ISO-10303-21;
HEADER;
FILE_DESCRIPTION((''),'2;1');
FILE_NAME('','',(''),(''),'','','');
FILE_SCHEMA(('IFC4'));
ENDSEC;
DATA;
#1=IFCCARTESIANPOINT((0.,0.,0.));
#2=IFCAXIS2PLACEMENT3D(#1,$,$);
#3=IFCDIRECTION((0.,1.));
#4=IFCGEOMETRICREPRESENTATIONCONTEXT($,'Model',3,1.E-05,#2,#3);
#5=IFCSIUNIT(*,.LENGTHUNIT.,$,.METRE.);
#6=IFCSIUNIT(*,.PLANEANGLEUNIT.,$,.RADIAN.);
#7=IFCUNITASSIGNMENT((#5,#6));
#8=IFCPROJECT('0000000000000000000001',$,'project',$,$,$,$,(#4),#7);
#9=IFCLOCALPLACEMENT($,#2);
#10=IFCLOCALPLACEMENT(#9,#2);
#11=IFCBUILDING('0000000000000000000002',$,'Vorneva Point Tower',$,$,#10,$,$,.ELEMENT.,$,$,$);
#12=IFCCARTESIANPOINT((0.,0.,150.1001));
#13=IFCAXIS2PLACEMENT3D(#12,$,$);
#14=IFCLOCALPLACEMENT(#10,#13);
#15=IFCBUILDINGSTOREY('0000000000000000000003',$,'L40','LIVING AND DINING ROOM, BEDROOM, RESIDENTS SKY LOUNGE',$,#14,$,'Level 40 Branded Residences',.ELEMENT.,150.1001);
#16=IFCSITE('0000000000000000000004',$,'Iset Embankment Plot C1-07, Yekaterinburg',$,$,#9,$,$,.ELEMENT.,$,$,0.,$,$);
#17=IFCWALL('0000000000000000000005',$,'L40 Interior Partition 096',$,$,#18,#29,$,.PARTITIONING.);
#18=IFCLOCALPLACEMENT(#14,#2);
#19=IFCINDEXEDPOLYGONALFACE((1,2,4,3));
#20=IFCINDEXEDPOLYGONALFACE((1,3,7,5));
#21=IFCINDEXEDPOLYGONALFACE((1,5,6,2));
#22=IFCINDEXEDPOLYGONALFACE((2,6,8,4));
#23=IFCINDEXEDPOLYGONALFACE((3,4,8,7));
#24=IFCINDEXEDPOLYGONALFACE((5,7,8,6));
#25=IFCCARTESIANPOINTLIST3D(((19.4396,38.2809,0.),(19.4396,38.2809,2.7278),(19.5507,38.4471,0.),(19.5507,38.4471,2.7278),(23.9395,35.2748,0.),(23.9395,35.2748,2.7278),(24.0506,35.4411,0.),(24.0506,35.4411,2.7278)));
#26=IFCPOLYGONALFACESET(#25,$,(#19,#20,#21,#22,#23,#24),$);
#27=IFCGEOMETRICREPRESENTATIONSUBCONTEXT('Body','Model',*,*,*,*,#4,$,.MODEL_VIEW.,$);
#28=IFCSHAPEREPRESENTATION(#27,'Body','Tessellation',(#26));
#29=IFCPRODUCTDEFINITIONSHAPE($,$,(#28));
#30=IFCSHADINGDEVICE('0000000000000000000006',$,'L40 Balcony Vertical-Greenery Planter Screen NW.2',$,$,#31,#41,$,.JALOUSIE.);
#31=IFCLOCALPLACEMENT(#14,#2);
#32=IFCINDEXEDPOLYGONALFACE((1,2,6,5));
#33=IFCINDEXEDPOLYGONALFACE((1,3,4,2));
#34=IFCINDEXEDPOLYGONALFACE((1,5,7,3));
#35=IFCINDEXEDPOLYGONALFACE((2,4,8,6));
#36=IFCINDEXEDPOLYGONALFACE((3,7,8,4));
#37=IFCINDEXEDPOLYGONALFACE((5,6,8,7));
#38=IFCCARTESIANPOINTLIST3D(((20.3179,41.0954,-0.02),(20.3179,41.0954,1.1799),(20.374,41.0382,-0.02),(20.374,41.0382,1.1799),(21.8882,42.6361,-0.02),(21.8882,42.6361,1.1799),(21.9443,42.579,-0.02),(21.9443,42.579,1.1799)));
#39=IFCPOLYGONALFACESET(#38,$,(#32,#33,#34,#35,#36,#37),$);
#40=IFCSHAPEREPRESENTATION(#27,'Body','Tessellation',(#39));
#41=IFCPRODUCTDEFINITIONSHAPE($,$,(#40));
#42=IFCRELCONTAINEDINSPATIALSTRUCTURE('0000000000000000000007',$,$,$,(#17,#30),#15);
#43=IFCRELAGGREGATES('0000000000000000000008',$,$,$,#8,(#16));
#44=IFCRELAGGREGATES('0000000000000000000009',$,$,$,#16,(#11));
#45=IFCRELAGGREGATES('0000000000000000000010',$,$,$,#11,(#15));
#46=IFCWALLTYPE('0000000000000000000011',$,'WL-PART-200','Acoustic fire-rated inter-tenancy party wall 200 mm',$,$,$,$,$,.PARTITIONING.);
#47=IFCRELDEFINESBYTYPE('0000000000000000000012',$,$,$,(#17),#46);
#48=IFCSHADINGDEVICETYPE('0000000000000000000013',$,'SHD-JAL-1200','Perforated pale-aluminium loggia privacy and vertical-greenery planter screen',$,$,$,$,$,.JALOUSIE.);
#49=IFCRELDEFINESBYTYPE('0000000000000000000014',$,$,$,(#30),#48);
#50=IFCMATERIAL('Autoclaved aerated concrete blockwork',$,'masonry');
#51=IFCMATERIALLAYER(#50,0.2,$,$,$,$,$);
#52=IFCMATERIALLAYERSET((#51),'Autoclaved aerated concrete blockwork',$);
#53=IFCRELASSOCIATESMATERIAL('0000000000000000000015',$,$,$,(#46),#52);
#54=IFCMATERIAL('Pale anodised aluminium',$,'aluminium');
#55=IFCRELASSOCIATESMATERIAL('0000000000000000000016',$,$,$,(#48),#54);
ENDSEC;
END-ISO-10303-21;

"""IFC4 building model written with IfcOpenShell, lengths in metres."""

from ifc_helpers import new_model, si_unit, direction, frame, frame_2d, origin, origin_2d, place, context, subcontext, project, spatial, rectangle, extrude, material, layer, layer_set, type_object, element, save


model = new_model("IFC4")

# Units and contexts
model_context = context("Model", 3, precision=1e-05, world=origin(), true_north=direction((0.0, 1.0)))
body_context = subcontext(model_context, "Body", "Model", "MODEL_VIEW")
ifc_project = project(units=[si_unit("LENGTHUNIT", "METRE"), si_unit("PLANEANGLEUNIT", "RADIAN")], contexts=[model_context])

# Site, building, storey
site_placement = place(None, origin())
site = spatial("IfcSite", under=ifc_project, at=site_placement, Name="Iset Embankment Plot C1-07, Yekaterinburg", CompositionType="ELEMENT", RefElevation=0.0)
building_placement = place(site_placement, origin())
building = spatial("IfcBuilding", under=site, at=building_placement, Name="Vorneva Point Tower", CompositionType="ELEMENT")
storey_placement = place(building_placement, frame((0.0, 0.0, 150.1001)))
storey = spatial("IfcBuildingStorey", under=building, at=storey_placement, Name="L40", Description="LIVING AND DINING ROOM, BEDROOM, RESIDENTS SKY LOUNGE", LongName="Level 40 Branded Residences", CompositionType="ELEMENT", Elevation=150.1001)

# Shared definitions
ifc_material_1 = material(Name="Pale anodised aluminium", Category="aluminium")

# Wall
ifc_material_2 = material(Name="Autoclaved aerated concrete blockwork", Category="masonry")
ifc_layer_1 = layer(ifc_material_2, 0.2)
ifc_layer_set_1 = layer_set([ifc_layer_1], Name="Autoclaved aerated concrete blockwork")
wall_type_1 = type_object("IfcWallType", Name="WL-PART-200", Description="Acoustic fire-rated inter-tenancy party wall 200 mm", PredefinedType="PARTITIONING", material=ifc_layer_set_1)
wall_1_placement = place(storey_placement, frame((19.4951, 38.364, 0.0), z_axis=(0.0, 0.0, 1.0), x_axis=(0.831529, -0.555481, 0.0)))
element("IfcWall", 1, at=wall_1_placement, inside=storey, type_object=wall_type_1, Name="L40 Interior Partition 096", PredefinedType="PARTITIONING", context=body_context, shape_type="SweptSolid", body=[
    extrude(rectangle(XDim=5.4116, YDim=0.2, at=frame_2d((2.7058, 0.0))), origin(), (0.0, 0.0, 1.0), 2.7278),
])

# Shading device
shading_device_type = type_object("IfcShadingDeviceType", Name="SHD-JAL-1200", Description="Perforated pale-aluminium loggia privacy and vertical-greenery planter screen", PredefinedType="JALOUSIE", material=ifc_material_1)
shading_device_placement = place(storey_placement, frame((21.1311, 41.8372, -0.02), z_axis=(0.0, 0.0, 1.0), x_axis=(-0.713788, -0.700361, 0.0)))
element("IfcShadingDevice", 2, at=shading_device_placement, inside=storey, type_object=shading_device_type, Name="L40 Balcony Vertical-Greenery Planter Screen NW.2", PredefinedType="JALOUSIE", context=body_context, shape_type="SweptSolid", body=[
    extrude(rectangle(XDim=2.2, YDim=0.0801, at=origin_2d()), origin(), (0.0, 0.0, 1.0), 1.2),
])

save(model, "model.ifc")
